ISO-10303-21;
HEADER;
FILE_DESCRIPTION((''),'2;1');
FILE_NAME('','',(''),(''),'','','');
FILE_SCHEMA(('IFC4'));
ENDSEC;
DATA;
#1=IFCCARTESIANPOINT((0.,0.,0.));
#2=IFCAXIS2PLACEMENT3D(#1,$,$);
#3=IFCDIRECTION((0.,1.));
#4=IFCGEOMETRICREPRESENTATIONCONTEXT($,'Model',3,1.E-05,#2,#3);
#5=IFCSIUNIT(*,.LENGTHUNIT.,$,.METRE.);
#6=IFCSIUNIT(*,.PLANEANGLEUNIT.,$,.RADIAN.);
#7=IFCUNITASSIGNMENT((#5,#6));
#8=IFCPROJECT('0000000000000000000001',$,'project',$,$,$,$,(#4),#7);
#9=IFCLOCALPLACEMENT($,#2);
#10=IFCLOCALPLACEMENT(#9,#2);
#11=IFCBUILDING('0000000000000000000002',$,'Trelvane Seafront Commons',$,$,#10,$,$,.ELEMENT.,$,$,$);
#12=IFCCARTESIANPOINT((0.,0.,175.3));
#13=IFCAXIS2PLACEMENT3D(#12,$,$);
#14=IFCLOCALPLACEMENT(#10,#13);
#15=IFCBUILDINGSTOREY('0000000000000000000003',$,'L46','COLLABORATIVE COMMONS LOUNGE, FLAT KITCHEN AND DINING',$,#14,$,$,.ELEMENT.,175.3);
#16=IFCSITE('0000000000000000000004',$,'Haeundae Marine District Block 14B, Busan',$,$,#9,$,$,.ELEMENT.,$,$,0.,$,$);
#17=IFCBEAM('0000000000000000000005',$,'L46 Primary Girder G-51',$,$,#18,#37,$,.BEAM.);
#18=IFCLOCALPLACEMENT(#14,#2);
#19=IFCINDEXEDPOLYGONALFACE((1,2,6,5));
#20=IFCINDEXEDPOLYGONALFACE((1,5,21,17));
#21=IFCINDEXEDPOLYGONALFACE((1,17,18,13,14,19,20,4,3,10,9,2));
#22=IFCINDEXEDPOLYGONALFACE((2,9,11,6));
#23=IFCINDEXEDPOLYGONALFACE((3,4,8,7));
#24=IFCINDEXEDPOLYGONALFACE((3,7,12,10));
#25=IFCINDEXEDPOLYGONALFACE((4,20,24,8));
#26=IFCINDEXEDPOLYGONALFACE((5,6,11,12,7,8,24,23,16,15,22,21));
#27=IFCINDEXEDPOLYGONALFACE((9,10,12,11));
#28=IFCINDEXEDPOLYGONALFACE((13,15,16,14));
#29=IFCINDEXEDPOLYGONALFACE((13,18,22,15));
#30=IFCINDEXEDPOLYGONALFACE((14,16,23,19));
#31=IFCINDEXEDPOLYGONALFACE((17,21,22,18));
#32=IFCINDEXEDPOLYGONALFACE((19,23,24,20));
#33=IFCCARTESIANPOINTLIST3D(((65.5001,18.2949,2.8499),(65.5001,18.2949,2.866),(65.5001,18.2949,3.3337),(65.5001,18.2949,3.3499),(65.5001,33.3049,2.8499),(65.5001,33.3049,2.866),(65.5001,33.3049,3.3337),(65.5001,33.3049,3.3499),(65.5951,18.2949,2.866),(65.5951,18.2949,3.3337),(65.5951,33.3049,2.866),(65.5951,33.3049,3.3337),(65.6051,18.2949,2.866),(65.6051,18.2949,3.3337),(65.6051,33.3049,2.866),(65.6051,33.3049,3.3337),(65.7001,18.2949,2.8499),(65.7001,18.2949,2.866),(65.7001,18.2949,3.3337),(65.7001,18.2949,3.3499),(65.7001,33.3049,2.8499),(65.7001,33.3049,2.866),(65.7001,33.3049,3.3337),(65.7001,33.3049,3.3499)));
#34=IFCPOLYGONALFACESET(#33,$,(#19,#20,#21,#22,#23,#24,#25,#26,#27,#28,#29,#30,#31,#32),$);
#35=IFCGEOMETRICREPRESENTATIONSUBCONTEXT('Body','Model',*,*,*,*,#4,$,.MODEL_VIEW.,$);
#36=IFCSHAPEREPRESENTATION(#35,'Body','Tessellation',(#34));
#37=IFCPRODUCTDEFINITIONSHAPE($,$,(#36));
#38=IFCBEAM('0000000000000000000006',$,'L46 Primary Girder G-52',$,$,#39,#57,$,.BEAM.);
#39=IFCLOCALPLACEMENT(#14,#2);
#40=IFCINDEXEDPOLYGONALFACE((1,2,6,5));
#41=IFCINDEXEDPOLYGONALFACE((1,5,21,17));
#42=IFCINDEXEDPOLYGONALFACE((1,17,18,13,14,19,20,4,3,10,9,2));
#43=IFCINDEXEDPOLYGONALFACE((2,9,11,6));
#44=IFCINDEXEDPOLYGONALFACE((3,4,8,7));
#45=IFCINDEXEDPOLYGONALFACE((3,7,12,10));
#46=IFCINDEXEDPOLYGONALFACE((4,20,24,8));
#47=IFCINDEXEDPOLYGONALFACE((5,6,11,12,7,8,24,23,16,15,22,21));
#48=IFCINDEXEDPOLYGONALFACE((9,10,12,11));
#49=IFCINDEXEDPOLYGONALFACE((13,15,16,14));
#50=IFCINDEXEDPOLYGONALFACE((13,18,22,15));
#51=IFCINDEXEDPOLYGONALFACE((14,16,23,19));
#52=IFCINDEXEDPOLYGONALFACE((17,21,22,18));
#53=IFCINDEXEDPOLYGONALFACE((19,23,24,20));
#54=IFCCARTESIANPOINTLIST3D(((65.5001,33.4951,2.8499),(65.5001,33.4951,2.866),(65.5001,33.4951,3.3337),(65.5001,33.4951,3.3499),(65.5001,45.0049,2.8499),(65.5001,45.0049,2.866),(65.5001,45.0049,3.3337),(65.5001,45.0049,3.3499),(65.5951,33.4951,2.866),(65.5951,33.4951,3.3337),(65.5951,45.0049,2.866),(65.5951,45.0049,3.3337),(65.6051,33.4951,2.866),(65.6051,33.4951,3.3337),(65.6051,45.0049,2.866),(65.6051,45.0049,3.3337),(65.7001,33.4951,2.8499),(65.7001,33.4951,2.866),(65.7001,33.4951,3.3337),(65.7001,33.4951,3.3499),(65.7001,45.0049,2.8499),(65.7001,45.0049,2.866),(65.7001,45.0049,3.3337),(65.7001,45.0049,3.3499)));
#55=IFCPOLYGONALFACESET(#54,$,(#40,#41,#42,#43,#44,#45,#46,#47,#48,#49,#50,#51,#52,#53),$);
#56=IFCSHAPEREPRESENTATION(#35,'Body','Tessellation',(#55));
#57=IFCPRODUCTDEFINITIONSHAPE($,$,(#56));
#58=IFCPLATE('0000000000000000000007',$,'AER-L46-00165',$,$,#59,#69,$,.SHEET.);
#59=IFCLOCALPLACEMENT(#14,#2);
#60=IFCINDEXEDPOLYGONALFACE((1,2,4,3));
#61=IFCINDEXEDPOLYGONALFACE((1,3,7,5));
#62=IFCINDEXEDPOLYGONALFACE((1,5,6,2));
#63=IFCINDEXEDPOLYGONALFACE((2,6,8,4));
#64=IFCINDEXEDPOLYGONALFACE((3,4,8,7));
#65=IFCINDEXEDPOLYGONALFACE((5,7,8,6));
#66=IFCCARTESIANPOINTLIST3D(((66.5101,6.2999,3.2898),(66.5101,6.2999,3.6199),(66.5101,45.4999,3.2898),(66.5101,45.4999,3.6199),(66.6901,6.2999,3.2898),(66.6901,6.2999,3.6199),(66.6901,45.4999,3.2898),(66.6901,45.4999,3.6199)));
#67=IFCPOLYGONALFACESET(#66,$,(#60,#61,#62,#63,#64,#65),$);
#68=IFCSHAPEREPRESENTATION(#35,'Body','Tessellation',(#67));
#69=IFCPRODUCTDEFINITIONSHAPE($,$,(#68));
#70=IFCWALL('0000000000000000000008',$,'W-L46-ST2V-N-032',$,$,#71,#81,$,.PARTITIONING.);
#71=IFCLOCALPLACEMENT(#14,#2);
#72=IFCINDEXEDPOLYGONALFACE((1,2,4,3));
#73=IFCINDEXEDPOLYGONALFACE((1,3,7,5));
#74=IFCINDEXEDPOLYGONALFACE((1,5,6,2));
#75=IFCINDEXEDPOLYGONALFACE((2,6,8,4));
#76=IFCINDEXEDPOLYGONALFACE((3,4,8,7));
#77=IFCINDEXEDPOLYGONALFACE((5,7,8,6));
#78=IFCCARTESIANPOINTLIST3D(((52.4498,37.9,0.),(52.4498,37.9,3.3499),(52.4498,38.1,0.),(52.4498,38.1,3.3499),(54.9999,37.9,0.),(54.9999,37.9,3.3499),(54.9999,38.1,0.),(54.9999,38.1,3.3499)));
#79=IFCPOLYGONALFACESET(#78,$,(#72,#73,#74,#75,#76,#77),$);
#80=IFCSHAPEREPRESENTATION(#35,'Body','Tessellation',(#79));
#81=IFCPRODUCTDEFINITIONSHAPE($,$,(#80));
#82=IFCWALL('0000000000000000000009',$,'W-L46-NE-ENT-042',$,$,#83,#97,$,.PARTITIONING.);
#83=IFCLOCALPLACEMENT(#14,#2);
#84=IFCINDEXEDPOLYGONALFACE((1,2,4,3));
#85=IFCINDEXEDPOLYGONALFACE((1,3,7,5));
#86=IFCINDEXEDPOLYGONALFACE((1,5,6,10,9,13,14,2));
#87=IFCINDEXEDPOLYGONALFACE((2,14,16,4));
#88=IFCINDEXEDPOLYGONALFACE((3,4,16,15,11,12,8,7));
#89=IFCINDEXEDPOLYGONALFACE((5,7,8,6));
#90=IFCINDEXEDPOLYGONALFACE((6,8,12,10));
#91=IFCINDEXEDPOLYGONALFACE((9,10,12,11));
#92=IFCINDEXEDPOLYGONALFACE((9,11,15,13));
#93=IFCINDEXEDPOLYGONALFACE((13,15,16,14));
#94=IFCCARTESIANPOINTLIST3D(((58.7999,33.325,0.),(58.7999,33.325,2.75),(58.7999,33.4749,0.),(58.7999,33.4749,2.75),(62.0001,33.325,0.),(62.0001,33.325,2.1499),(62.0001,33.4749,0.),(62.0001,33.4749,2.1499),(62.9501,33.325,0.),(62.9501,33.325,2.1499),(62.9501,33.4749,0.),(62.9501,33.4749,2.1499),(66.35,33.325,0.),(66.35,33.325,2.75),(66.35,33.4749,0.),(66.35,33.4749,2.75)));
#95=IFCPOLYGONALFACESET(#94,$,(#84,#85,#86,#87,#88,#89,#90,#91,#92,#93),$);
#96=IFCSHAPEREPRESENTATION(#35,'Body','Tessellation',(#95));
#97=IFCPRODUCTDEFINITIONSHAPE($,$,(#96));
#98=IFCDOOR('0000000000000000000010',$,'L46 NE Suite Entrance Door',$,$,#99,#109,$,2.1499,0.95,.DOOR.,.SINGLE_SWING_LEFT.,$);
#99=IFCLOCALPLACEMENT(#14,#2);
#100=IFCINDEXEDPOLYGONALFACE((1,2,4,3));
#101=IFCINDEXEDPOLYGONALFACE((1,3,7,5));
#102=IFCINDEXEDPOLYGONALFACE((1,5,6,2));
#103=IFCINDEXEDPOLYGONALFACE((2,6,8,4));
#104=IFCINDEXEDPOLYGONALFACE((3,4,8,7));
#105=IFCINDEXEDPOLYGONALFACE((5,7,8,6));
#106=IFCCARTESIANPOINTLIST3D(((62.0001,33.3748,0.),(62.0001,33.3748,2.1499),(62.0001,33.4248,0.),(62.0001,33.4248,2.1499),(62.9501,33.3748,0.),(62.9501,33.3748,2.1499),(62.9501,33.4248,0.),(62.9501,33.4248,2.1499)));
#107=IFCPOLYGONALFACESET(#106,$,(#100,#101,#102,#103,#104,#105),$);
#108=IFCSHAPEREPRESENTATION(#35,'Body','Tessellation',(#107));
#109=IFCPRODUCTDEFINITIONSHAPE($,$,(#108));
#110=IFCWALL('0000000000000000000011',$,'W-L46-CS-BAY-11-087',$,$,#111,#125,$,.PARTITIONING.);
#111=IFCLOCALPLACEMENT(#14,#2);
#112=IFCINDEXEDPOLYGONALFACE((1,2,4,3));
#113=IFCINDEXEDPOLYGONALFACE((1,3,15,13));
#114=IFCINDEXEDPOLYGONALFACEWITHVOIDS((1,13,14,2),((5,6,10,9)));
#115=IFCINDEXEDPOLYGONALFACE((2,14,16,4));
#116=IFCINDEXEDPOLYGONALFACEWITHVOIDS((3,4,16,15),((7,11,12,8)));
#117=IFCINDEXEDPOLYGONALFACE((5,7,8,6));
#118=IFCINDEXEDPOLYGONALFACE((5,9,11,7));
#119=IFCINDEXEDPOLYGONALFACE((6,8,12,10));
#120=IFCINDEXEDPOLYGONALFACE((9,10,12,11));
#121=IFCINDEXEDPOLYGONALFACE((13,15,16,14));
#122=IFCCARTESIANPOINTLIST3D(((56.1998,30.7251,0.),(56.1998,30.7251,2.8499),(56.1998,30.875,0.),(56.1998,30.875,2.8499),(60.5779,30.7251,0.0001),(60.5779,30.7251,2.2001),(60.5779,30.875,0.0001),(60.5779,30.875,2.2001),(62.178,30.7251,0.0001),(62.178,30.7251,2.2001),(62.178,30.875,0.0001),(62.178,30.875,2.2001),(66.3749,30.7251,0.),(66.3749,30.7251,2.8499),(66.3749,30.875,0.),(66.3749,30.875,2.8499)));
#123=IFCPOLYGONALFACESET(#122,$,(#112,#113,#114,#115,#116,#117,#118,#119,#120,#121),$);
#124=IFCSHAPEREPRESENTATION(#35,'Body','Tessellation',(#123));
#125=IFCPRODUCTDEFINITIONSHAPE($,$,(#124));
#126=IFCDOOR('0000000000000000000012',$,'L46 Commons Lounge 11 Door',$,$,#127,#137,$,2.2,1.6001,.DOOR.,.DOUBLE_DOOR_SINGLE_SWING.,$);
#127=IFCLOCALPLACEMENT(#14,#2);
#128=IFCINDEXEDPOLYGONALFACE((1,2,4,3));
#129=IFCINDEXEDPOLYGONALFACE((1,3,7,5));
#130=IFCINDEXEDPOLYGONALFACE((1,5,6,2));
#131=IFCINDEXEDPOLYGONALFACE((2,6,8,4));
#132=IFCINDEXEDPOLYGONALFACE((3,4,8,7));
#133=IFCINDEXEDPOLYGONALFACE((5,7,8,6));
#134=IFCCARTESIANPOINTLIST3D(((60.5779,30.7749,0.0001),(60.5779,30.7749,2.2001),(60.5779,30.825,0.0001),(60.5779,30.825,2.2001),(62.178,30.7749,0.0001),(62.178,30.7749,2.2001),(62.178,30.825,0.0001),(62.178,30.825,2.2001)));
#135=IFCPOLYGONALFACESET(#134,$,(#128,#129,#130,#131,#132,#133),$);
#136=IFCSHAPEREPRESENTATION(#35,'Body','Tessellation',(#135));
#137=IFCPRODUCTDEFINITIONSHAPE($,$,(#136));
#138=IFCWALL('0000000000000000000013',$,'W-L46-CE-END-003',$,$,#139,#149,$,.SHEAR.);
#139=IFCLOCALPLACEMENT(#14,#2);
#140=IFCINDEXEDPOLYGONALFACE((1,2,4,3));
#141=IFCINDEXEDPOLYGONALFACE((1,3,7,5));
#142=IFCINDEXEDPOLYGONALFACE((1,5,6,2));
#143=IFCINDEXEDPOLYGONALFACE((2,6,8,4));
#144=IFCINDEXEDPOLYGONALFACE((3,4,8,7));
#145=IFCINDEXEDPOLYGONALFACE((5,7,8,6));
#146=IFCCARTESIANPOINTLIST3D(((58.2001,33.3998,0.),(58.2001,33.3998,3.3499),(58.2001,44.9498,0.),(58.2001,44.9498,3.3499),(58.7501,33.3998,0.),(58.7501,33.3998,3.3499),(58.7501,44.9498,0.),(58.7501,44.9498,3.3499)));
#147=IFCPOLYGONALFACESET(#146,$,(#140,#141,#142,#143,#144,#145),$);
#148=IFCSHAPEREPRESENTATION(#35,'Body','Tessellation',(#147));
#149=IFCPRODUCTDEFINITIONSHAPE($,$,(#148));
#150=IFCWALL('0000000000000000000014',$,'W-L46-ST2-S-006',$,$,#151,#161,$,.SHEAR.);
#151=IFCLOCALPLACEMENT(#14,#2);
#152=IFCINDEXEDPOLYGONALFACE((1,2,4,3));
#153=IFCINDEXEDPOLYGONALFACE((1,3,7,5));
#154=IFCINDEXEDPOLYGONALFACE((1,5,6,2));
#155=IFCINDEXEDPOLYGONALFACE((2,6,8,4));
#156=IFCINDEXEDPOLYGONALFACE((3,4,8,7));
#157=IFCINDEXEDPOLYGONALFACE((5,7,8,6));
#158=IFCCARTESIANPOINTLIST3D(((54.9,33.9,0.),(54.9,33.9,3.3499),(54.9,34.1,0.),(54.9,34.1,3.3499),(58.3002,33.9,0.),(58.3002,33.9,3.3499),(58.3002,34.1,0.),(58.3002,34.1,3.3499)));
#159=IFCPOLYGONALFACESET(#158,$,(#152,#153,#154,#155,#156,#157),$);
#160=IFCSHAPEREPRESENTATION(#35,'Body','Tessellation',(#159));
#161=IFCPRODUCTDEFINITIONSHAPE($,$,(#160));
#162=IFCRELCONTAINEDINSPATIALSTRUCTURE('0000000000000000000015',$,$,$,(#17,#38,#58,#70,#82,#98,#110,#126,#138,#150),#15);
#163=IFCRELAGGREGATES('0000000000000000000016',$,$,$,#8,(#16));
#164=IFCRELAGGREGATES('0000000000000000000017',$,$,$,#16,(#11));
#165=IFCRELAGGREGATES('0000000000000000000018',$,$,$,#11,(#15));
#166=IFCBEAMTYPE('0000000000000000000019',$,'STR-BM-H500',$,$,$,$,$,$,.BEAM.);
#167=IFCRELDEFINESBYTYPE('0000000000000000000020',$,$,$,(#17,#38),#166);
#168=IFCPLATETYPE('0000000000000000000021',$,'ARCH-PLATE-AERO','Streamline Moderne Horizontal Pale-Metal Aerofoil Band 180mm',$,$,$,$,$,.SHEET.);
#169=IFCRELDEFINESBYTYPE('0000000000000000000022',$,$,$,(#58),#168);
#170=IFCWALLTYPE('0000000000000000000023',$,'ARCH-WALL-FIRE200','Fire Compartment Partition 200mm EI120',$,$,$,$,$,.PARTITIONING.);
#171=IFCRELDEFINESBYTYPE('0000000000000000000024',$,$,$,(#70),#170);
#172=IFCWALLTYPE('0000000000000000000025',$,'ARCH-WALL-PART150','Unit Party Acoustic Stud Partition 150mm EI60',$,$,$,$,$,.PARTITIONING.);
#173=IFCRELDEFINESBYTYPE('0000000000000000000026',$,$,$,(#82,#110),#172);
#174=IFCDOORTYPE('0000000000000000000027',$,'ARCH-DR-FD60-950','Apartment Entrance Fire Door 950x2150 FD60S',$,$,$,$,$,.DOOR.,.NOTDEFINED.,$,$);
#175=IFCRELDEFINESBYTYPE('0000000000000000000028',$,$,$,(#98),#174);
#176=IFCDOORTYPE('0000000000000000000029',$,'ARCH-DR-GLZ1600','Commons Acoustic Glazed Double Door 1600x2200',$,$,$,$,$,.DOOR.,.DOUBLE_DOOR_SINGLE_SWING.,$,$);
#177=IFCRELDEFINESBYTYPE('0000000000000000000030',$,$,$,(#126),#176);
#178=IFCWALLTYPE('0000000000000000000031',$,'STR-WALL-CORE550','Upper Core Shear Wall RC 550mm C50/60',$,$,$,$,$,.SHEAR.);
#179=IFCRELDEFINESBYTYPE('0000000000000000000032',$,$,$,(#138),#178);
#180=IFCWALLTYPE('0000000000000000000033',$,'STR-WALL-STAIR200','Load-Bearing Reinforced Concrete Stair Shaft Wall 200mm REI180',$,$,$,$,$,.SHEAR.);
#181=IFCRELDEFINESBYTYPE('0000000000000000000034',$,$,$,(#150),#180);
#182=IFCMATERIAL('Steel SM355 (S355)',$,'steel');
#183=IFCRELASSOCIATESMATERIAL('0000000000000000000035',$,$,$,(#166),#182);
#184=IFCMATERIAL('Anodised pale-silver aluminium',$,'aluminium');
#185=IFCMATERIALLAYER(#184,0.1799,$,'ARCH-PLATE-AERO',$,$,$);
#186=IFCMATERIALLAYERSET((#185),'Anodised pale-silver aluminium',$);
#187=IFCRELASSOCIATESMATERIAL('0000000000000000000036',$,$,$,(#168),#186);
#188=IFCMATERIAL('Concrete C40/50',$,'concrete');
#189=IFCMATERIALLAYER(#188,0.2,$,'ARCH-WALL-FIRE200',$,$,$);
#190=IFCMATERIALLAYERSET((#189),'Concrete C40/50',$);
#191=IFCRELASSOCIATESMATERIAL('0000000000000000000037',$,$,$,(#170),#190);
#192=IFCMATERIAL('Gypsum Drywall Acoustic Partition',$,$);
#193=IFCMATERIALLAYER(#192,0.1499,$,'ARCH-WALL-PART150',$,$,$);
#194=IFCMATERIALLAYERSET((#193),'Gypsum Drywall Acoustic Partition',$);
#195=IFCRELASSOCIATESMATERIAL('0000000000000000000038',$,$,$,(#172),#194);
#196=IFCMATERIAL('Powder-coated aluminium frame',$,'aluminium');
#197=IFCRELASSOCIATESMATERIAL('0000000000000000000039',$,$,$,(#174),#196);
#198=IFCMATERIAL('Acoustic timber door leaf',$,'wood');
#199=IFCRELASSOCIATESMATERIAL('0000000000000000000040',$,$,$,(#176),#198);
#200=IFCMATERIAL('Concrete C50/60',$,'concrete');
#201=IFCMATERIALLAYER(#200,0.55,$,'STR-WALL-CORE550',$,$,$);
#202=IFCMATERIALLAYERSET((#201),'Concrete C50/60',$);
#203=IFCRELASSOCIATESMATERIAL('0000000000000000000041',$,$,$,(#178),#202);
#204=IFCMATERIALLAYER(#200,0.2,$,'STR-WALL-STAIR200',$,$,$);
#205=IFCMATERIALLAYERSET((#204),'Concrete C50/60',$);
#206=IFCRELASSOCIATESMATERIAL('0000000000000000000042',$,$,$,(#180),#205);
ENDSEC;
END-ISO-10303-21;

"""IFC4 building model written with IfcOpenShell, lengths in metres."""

from ifc_helpers import new_model, si_unit, direction, frame, frame_2d, origin, origin_2d, place, context, subcontext, project, spatial, rectangle, i_section, extrude, source, transform, mapped, material, layer, layer_set, material_profile, profile_set, type_object, element, fill, save


model = new_model("IFC4")

# Units and contexts
model_context = context("Model", 3, precision=1e-05, world=origin(), true_north=direction((0.0, 1.0)))
body_context = subcontext(model_context, "Body", "Model", "MODEL_VIEW")
ifc_project = project(units=[si_unit("LENGTHUNIT", "METRE"), si_unit("PLANEANGLEUNIT", "RADIAN")], contexts=[model_context])

# Site, building, storey
site_placement = place(None, origin())
site = spatial("IfcSite", under=ifc_project, at=site_placement, Name="Haeundae Marine District Block 14B, Busan", CompositionType="ELEMENT", RefElevation=0.0)
building_placement = place(site_placement, origin())
building = spatial("IfcBuilding", under=site, at=building_placement, Name="Trelvane Seafront Commons", CompositionType="ELEMENT")
storey_placement = place(building_placement, frame((0.0, 0.0, 175.3)))
storey = spatial("IfcBuildingStorey", under=building, at=storey_placement, Name="L46", Description="COLLABORATIVE COMMONS LOUNGE, FLAT KITCHEN AND DINING", CompositionType="ELEMENT", Elevation=175.3)

# Shared definitions
ifc_material_1 = material(Name="Steel SM355 (S355)", Category="steel")
ifc_material_2 = material(Name="Concrete C50/60", Category="concrete")

# Beams
ifc_material_profile_1 = material_profile(ifc_material_1, i_section(OverallWidth=0.2, OverallDepth=0.5, WebThickness=0.01, FlangeThickness=0.0161, at=origin_2d()), Name="H-500x200x10x16")
ifc_profile_set_1 = profile_set([ifc_material_profile_1], Name="Steel SM355 (S355)")
beam_type_1 = type_object("IfcBeamType", Name="STR-BM-H500", PredefinedType="BEAM", material=ifc_profile_set_1)
shared_shape_1 = source(origin(), body_context, "Body", "SweptSolid", [
    extrude(i_section(OverallWidth=0.2, OverallDepth=0.5, WebThickness=0.01, FlangeThickness=0.0161, at=origin_2d()), origin(), (0.0, 0.0, 1.0), 15.01),
])
beam_1_placement = place(storey_placement, frame((65.6001, 18.2949, 3.0999), z_axis=(0.0, 1.0, 0.0), x_axis=(-1.0, 0.0, 0.0)))
element("IfcBeam", 1, at=beam_1_placement, inside=storey, type_object=beam_type_1, Name="L46 Primary Girder G-51", PredefinedType="BEAM", context=body_context, shape_type="MappedRepresentation", body=[
    mapped(shared_shape_1, transform((0.0, 0.0, 0.0), x_axis=(1.0, 0.0, 0.0), y_axis=(0.0, 1.0, 0.0), z_axis=(0.0, 0.0, 1.0), scale=1.0)),
])
shared_shape_2 = source(origin(), body_context, "Body", "SweptSolid", [
    extrude(i_section(OverallWidth=0.2, OverallDepth=0.5, WebThickness=0.01, FlangeThickness=0.0161, at=origin_2d()), origin(), (0.0, 0.0, 1.0), 11.5098),
])
beam_2_placement = place(storey_placement, frame((65.6001, 33.4951, 3.0999), z_axis=(0.0, 1.0, 0.0), x_axis=(-1.0, 0.0, 0.0)))
element("IfcBeam", 2, at=beam_2_placement, inside=storey, type_object=beam_type_1, Name="L46 Primary Girder G-52", PredefinedType="BEAM", context=body_context, shape_type="MappedRepresentation", body=[
    mapped(shared_shape_2, transform((0.0, 0.0, 0.0), x_axis=(1.0, 0.0, 0.0), y_axis=(0.0, 1.0, 0.0), z_axis=(0.0, 0.0, 1.0), scale=1.0)),
])

# Plate
ifc_material_3 = material(Name="Anodised pale-silver aluminium", Category="aluminium")
ifc_layer_1 = layer(ifc_material_3, 0.1799, Name="ARCH-PLATE-AERO")
ifc_layer_set_1 = layer_set([ifc_layer_1], Name="Anodised pale-silver aluminium")
plate_type = type_object("IfcPlateType", Name="ARCH-PLATE-AERO", Description="Streamline Moderne Horizontal Pale-Metal Aerofoil Band 180mm", PredefinedType="SHEET", material=ifc_layer_set_1)
shared_shape_3 = source(origin(), body_context, "Body", "SweptSolid", [
    extrude(rectangle(XDim=39.2, YDim=0.1799, at=origin_2d()), origin(), (0.0, 0.0, 1.0), 0.3301),
])
plate_placement = place(storey_placement, frame((66.6001, 25.8999, 3.2898), z_axis=(0.0, 0.0, 1.0), x_axis=(0.0, -1.0, 0.0)))
element("IfcPlate", 3, at=plate_placement, inside=storey, type_object=plate_type, Name="AER-L46-00165", PredefinedType="SHEET", context=body_context, shape_type="MappedRepresentation", body=[
    mapped(shared_shape_3, transform((0.0, 0.0, 0.0), x_axis=(1.0, 0.0, 0.0), y_axis=(0.0, 1.0, 0.0), z_axis=(0.0, 0.0, 1.0), scale=1.0)),
])

# Wall
ifc_material_4 = material(Name="Concrete C40/50", Category="concrete")
ifc_layer_2 = layer(ifc_material_4, 0.2, Name="ARCH-WALL-FIRE200")
ifc_layer_set_2 = layer_set([ifc_layer_2], Name="Concrete C40/50")
wall_type_1 = type_object("IfcWallType", Name="ARCH-WALL-FIRE200", Description="Fire Compartment Partition 200mm EI120", PredefinedType="PARTITIONING", material=ifc_layer_set_2)
wall_1_placement = place(storey_placement, frame((52.45, 38.0, 0.0), z_axis=(0.0, 0.0, 1.0), x_axis=(1.0, 0.0, 0.0)))
element("IfcWall", 4, at=wall_1_placement, inside=storey, type_object=wall_type_1, Name="W-L46-ST2V-N-032", PredefinedType="PARTITIONING", context=body_context, shape_type="SweptSolid", body=[
    extrude(rectangle(XDim=2.55, YDim=0.2, at=frame_2d((1.2749, 0.0))), origin(), (0.0, 0.0, 1.0), 3.3499),
])

# Walls, openings, doors
ifc_material_5 = material(Name="Gypsum Drywall Acoustic Partition")
ifc_layer_3 = layer(ifc_material_5, 0.1499, Name="ARCH-WALL-PART150")
ifc_layer_set_3 = layer_set([ifc_layer_3], Name="Gypsum Drywall Acoustic Partition")
wall_type_2 = type_object("IfcWallType", Name="ARCH-WALL-PART150", Description="Unit Party Acoustic Stud Partition 150mm EI60", PredefinedType="PARTITIONING", material=ifc_layer_set_3)
wall_2_placement = place(storey_placement, frame((58.8, 33.3999, 0.0), z_axis=(0.0, 0.0, 1.0), x_axis=(1.0, 0.0, 0.0)))
wall_2 = element("IfcWall", 5, at=wall_2_placement, inside=storey, type_object=wall_type_2, Name="W-L46-NE-ENT-042", PredefinedType="PARTITIONING", context=body_context, shape_type="SweptSolid", body=[
    extrude(rectangle(XDim=7.55, YDim=0.1499, at=frame_2d((3.7749, 0.0))), origin(), (0.0, 0.0, 1.0), 2.75),
])
opening_1_placement = place(wall_2_placement, frame((3.2, 0.0, 0.0)))
opening_1 = element("IfcOpeningElement", 6, at=opening_1_placement, cuts=wall_2, PredefinedType="OPENING", context=body_context, shape_type="SweptSolid", body=[
    extrude(rectangle(XDim=0.95, YDim=2.1499, at=frame_2d((0.4751, 1.075))), frame((0.0, 0.085, 0.0), z_axis=(0.0, -1.0, 0.0), x_axis=(1.0, 0.0, 0.0)), (0.0, 0.0, 1.0), 0.1699),
])
ifc_material_6 = material(Name="Powder-coated aluminium frame", Category="aluminium")
door_type_1 = type_object("IfcDoorType", Name="ARCH-DR-FD60-950", Description="Apartment Entrance Fire Door 950x2150 FD60S", OperationType="NOTDEFINED", PredefinedType="DOOR", material=ifc_material_6)
shared_shape_4 = source(origin(), body_context, "Body", "SweptSolid", [
    extrude(rectangle(XDim=0.95, YDim=2.1499, at=frame_2d((0.4751, 1.075))), frame((0.0, 0.0249, 0.0), z_axis=(0.0, -1.0, 0.0), x_axis=(1.0, 0.0, 0.0)), (0.0, 0.0, 1.0), 0.05),
])
door_1_placement = place(opening_1_placement, origin())
door_1 = element("IfcDoor", 7, at=door_1_placement, inside=storey, type_object=door_type_1, Name="L46 NE Suite Entrance Door", OperationType="SINGLE_SWING_LEFT", OverallHeight=2.1499, OverallWidth=0.95, PredefinedType="DOOR", context=body_context, shape_type="MappedRepresentation", body=[
    mapped(shared_shape_4, transform((0.0, 0.0, 0.0), x_axis=(1.0, 0.0, 0.0), y_axis=(0.0, 1.0, 0.0), z_axis=(0.0, 0.0, 1.0), scale=1.0)),
])
fill(opening_1, door_1)
wall_3_placement = place(storey_placement, frame((56.2, 30.8, 0.0), z_axis=(0.0, 0.0, 1.0), x_axis=(1.0, 0.0, 0.0)))
wall_3 = element("IfcWall", 8, at=wall_3_placement, inside=storey, type_object=wall_type_2, Name="W-L46-CS-BAY-11-087", PredefinedType="PARTITIONING", context=body_context, shape_type="SweptSolid", body=[
    extrude(rectangle(XDim=10.175, YDim=0.1499, at=frame_2d((5.0874, 0.0))), origin(), (0.0, 0.0, 1.0), 2.8499),
])
opening_2_placement = place(wall_3_placement, frame((4.3779, 0.0, 0.0)))
opening_2 = element("IfcOpeningElement", 9, at=opening_2_placement, cuts=wall_3, PredefinedType="OPENING", context=body_context, shape_type="SweptSolid", body=[
    extrude(rectangle(XDim=1.6001, YDim=2.2, at=frame_2d((0.8, 1.1001))), frame((0.0, 0.085, 0.0), z_axis=(0.0, -1.0, 0.0), x_axis=(1.0, 0.0, 0.0)), (0.0, 0.0, 1.0), 0.1699),
])
ifc_material_7 = material(Name="Acoustic timber door leaf", Category="wood")
door_type_2 = type_object("IfcDoorType", Name="ARCH-DR-GLZ1600", Description="Commons Acoustic Glazed Double Door 1600x2200", OperationType="DOUBLE_DOOR_SINGLE_SWING", PredefinedType="DOOR", material=ifc_material_7)
shared_shape_5 = source(origin(), body_context, "Body", "SweptSolid", [
    extrude(rectangle(XDim=1.6001, YDim=2.2, at=frame_2d((0.8, 1.1001))), frame((0.0, 0.0249, 0.0), z_axis=(0.0, -1.0, 0.0), x_axis=(1.0, 0.0, 0.0)), (0.0, 0.0, 1.0), 0.05),
])
door_2_placement = place(opening_2_placement, origin())
door_2 = element("IfcDoor", 10, at=door_2_placement, inside=storey, type_object=door_type_2, Name="L46 Commons Lounge 11 Door", OperationType="DOUBLE_DOOR_SINGLE_SWING", OverallHeight=2.2, OverallWidth=1.6001, PredefinedType="DOOR", context=body_context, shape_type="MappedRepresentation", body=[
    mapped(shared_shape_5, transform((0.0, 0.0, 0.0), x_axis=(1.0, 0.0, 0.0), y_axis=(0.0, 1.0, 0.0), z_axis=(0.0, 0.0, 1.0), scale=1.0)),
])
fill(opening_2, door_2)

# Walls
ifc_layer_4 = layer(ifc_material_2, 0.55, Name="STR-WALL-CORE550")
ifc_layer_set_4 = layer_set([ifc_layer_4], Name="Concrete C50/60")
wall_type_3 = type_object("IfcWallType", Name="STR-WALL-CORE550", Description="Upper Core Shear Wall RC 550mm C50/60", PredefinedType="SHEAR", material=ifc_layer_set_4)
wall_4_placement = place(storey_placement, frame((58.4751, 33.3999, 0.0), z_axis=(0.0, 0.0, 1.0), x_axis=(0.0, 1.0, 0.0)))
element("IfcWall", 11, at=wall_4_placement, inside=storey, type_object=wall_type_3, Name="W-L46-CE-END-003", PredefinedType="SHEAR", context=body_context, shape_type="SweptSolid", body=[
    extrude(rectangle(XDim=11.55, YDim=0.55, at=frame_2d((5.7749, 0.0))), origin(), (0.0, 0.0, 1.0), 3.3499),
])
ifc_layer_5 = layer(ifc_material_2, 0.2, Name="STR-WALL-STAIR200")
ifc_layer_set_5 = layer_set([ifc_layer_5], Name="Concrete C50/60")
wall_type_4 = type_object("IfcWallType", Name="STR-WALL-STAIR200", Description="Load-Bearing Reinforced Concrete Stair Shaft Wall 200mm REI180", PredefinedType="SHEAR", material=ifc_layer_set_5)
wall_5_placement = place(storey_placement, frame((54.8999, 34.0, 0.0), z_axis=(0.0, 0.0, 1.0), x_axis=(1.0, 0.0, 0.0)))
element("IfcWall", 12, at=wall_5_placement, inside=storey, type_object=wall_type_4, Name="W-L46-ST2-S-006", PredefinedType="SHEAR", context=body_context, shape_type="SweptSolid", body=[
    extrude(rectangle(XDim=3.4001, YDim=0.2, at=frame_2d((1.7002, 0.0))), origin(), (0.0, 0.0, 1.0), 3.3499),
])

save(model, "model.ifc")
